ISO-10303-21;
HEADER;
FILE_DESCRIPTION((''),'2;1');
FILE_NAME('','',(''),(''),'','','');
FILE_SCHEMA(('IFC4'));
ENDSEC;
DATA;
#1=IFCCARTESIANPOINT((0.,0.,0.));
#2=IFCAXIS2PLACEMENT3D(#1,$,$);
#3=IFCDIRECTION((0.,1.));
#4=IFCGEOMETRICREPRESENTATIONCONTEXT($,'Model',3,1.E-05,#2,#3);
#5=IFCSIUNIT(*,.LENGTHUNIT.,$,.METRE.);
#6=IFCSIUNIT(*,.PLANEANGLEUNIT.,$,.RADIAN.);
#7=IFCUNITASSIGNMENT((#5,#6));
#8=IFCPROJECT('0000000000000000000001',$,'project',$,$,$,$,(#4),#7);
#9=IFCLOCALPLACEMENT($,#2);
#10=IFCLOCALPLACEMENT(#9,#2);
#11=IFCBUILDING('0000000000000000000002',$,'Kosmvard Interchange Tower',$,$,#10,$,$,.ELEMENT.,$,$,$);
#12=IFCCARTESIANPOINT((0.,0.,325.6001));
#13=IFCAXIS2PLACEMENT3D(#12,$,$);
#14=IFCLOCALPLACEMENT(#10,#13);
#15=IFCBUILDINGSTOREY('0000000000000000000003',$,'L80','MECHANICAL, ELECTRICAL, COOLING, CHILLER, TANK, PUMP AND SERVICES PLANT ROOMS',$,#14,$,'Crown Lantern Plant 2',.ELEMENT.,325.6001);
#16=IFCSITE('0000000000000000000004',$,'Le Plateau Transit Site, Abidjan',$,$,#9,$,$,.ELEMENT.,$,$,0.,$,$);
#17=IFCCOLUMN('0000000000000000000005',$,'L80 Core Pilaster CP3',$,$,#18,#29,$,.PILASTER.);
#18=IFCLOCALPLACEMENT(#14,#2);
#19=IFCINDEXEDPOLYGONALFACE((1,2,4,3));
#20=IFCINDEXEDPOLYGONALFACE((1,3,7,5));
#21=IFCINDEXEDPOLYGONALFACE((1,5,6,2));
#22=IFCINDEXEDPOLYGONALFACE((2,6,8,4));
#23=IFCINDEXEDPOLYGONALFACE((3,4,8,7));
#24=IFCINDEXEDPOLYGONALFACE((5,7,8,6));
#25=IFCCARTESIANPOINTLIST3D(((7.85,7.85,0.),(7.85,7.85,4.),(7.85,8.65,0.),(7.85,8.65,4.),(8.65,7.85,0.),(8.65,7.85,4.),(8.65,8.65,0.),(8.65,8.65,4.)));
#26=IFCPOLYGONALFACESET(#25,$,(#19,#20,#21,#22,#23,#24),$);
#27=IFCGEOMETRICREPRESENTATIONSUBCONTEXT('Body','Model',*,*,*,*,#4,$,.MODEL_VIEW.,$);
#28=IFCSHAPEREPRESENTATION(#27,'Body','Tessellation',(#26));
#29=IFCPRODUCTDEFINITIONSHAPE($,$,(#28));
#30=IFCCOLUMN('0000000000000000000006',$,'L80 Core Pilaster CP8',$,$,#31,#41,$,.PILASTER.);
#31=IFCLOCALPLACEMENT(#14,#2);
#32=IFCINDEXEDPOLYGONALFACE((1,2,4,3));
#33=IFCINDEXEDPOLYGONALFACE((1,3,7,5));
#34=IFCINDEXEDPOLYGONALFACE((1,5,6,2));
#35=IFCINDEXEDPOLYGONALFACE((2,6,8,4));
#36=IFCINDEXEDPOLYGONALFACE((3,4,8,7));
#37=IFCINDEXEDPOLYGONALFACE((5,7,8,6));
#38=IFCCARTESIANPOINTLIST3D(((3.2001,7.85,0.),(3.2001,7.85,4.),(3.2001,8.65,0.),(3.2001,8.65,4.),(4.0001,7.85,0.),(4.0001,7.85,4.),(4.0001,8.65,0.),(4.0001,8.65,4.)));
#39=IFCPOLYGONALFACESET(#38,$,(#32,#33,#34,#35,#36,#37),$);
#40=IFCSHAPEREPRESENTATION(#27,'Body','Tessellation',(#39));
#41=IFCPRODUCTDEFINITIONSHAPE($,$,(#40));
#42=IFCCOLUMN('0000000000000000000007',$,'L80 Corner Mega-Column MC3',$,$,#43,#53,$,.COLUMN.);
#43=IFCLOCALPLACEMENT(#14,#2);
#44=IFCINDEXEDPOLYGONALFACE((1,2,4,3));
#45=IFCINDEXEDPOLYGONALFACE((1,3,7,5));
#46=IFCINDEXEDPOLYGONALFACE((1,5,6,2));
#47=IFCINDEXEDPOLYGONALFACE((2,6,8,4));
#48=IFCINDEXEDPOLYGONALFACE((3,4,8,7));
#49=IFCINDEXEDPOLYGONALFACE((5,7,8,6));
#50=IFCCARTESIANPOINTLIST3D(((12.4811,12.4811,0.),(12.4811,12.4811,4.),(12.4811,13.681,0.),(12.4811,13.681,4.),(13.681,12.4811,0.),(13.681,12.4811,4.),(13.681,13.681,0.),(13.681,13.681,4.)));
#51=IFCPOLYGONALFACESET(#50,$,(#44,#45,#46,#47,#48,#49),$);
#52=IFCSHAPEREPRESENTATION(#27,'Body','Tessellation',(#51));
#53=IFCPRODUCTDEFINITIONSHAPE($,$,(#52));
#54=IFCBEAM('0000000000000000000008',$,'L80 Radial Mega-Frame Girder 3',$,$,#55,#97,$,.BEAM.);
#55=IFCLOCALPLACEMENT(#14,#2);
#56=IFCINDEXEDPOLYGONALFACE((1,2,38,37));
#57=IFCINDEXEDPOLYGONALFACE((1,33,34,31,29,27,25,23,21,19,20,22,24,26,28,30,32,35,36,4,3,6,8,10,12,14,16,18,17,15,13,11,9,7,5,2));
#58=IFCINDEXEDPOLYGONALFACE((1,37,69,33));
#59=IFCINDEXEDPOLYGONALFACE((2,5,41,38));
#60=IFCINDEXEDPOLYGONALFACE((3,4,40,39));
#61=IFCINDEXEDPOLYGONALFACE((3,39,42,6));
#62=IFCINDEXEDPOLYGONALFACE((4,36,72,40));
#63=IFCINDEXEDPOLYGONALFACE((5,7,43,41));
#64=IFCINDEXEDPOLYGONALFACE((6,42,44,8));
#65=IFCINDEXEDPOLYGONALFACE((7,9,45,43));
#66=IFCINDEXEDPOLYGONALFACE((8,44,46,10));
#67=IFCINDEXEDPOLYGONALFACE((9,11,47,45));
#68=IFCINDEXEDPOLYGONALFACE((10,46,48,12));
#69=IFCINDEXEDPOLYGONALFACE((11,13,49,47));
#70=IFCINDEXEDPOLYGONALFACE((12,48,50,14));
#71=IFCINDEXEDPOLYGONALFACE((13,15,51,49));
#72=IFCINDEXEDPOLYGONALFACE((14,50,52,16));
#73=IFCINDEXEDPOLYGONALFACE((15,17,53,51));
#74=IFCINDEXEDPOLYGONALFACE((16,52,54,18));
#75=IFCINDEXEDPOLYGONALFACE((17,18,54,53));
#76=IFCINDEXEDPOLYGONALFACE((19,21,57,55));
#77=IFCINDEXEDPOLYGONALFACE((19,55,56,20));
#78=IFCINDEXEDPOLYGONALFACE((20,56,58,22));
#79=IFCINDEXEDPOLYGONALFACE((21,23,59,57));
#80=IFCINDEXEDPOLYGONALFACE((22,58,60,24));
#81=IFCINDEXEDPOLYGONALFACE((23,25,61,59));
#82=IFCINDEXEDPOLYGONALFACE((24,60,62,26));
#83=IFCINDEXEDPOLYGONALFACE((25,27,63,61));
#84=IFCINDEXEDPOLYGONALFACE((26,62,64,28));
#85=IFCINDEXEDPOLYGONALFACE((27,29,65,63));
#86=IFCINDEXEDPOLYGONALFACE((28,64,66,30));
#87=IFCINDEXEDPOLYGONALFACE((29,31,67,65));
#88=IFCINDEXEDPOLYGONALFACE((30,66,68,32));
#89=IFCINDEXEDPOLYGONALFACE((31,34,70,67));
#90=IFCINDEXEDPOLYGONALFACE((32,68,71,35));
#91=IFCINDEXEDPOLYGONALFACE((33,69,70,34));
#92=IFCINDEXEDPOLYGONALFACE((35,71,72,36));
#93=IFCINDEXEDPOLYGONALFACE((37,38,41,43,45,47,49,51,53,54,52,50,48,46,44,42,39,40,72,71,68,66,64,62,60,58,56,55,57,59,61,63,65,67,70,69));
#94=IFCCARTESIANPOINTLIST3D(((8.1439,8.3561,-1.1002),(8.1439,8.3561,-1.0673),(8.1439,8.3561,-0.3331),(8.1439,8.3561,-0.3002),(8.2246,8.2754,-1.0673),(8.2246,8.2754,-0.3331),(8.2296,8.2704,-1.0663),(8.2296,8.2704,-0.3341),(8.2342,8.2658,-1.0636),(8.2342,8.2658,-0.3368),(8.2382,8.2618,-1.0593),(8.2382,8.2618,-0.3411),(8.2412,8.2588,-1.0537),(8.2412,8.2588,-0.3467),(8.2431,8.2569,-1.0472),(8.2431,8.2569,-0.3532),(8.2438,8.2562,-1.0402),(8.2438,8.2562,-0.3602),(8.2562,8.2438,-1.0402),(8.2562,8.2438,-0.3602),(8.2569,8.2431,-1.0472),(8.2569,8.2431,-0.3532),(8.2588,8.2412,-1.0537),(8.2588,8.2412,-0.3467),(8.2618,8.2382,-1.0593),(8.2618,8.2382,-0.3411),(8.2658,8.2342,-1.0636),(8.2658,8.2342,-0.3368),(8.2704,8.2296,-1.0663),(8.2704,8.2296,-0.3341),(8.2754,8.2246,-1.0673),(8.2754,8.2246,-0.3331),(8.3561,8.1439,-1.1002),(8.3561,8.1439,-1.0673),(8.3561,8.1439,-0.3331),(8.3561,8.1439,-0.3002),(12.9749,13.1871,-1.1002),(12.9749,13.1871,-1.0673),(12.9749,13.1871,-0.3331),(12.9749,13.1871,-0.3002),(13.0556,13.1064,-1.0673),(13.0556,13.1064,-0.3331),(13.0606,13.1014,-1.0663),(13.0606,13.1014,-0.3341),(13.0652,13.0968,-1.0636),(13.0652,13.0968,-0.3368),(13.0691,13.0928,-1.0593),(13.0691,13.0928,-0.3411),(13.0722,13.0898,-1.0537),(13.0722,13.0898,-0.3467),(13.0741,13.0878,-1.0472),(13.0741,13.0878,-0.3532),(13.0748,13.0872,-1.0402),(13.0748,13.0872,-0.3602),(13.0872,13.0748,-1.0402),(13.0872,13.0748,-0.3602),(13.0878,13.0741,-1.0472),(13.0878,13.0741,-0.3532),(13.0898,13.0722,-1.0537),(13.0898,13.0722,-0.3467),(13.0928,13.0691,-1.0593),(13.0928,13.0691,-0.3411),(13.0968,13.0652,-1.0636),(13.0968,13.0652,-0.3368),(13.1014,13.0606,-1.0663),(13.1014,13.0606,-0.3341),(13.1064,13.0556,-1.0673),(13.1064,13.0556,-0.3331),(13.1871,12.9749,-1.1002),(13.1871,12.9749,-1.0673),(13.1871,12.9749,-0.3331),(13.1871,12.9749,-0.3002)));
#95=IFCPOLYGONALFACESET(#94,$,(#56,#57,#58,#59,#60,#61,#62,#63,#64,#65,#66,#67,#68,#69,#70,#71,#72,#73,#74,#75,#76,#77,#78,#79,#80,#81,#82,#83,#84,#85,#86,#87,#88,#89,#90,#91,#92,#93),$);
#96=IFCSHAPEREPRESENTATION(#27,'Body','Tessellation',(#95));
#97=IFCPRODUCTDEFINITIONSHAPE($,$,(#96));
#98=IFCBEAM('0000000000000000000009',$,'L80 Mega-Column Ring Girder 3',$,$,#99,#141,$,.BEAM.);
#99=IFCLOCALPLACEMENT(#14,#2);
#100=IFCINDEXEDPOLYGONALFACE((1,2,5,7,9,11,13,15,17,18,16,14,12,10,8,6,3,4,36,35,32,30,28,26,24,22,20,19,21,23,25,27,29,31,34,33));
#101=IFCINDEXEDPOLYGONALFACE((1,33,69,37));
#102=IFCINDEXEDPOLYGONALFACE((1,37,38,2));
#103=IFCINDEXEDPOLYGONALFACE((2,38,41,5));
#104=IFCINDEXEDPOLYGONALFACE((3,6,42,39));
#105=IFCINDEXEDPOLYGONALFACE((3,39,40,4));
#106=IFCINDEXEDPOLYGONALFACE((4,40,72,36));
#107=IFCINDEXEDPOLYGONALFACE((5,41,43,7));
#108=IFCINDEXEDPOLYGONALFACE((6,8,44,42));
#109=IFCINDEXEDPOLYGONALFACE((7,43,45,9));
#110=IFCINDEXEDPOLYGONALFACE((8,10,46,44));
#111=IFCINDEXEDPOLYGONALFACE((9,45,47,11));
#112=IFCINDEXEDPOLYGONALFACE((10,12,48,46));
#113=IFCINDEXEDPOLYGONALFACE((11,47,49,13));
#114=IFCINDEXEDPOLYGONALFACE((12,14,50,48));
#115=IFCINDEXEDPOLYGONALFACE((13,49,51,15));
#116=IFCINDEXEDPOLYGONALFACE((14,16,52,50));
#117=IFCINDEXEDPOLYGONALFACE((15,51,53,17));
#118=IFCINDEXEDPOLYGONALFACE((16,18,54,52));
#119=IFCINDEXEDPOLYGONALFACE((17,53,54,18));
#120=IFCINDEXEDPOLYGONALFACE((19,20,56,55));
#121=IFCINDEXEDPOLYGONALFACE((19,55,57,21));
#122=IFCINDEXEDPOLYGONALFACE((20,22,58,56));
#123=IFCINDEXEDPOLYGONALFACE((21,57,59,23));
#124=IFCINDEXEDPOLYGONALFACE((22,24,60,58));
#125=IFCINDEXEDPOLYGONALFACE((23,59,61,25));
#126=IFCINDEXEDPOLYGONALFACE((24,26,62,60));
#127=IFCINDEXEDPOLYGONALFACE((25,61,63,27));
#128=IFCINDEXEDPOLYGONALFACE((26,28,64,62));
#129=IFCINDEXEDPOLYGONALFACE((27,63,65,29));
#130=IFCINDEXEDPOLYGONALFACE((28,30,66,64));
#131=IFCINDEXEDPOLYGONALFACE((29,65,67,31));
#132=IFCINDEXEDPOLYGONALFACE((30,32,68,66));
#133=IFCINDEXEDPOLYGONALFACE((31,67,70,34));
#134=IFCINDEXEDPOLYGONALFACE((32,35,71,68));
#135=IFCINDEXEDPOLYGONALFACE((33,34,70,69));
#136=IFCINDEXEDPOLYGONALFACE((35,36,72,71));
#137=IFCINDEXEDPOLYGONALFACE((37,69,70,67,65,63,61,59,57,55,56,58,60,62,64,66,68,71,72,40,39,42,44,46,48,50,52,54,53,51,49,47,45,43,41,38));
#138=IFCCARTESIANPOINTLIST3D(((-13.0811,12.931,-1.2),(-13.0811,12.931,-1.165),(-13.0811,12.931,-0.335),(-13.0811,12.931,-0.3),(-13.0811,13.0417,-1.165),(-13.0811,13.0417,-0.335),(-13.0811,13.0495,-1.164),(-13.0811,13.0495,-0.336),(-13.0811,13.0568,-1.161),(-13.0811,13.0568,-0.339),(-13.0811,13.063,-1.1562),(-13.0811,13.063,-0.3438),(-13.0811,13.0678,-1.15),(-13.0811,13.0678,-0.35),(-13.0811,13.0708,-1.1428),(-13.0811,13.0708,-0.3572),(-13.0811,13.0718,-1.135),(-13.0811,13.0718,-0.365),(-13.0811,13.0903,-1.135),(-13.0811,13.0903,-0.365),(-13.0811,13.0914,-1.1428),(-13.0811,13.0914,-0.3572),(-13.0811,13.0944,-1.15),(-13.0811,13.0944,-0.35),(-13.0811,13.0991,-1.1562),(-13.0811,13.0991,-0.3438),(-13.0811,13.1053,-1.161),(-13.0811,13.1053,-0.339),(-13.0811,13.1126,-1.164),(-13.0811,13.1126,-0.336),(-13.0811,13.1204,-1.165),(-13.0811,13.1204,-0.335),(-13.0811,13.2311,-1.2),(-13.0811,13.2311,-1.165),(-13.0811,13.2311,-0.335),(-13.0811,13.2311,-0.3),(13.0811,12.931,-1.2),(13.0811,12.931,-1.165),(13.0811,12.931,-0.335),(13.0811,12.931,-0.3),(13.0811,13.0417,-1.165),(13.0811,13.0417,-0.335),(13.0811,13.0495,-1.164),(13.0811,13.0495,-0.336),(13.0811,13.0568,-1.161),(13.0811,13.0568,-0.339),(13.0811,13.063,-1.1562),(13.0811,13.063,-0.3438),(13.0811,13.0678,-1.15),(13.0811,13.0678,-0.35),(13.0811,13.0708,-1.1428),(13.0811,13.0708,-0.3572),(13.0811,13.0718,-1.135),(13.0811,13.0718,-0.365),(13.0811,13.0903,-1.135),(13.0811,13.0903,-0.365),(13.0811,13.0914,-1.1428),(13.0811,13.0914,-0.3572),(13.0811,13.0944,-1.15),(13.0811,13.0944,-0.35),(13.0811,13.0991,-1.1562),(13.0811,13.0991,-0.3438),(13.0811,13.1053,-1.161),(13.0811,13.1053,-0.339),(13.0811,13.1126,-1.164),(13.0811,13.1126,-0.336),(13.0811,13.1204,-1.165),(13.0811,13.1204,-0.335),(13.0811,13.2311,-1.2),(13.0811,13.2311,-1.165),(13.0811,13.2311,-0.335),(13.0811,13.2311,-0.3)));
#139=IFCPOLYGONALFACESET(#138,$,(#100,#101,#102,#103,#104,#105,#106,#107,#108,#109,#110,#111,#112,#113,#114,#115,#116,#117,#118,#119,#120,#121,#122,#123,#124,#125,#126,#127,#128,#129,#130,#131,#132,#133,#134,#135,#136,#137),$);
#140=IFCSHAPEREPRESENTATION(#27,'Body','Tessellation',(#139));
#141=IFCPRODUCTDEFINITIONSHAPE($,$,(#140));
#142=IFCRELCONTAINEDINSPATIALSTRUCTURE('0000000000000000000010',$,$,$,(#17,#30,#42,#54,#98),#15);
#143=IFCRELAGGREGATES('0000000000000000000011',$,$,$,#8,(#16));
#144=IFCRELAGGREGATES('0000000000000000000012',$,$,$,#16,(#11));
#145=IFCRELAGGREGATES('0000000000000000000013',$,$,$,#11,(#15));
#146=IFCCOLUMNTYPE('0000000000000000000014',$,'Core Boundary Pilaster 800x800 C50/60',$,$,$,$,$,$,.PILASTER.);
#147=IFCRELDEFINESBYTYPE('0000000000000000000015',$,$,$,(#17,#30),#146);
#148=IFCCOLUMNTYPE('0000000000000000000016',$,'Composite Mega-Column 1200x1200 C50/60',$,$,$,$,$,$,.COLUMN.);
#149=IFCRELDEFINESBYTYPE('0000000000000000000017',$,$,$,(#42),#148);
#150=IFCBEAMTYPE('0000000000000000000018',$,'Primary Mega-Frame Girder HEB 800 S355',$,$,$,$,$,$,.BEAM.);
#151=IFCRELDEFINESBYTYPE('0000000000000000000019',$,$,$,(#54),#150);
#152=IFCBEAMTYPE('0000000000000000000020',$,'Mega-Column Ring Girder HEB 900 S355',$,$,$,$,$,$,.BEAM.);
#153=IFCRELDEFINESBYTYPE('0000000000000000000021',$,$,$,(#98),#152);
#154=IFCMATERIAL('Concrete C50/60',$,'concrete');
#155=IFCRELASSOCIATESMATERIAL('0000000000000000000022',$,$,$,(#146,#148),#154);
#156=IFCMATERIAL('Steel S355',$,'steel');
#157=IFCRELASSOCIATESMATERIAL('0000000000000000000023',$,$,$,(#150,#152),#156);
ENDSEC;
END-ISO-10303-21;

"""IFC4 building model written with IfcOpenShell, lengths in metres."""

from ifc_helpers import new_model, si_unit, direction, frame, origin, origin_2d, place, context, subcontext, project, spatial, rectangle, i_section, extrude, source, transform, mapped, material, material_profile, profile_set, type_object, element, save


model = new_model("IFC4")

# Units and contexts
model_context = context("Model", 3, precision=1e-05, world=origin(), true_north=direction((0.0, 1.0)))
body_context = subcontext(model_context, "Body", "Model", "MODEL_VIEW")
ifc_project = project(units=[si_unit("LENGTHUNIT", "METRE"), si_unit("PLANEANGLEUNIT", "RADIAN")], contexts=[model_context])

# Site, building, storey
site_placement = place(None, origin())
site = spatial("IfcSite", under=ifc_project, at=site_placement, Name="Le Plateau Transit Site, Abidjan", CompositionType="ELEMENT", RefElevation=0.0)
building_placement = place(site_placement, origin())
building = spatial("IfcBuilding", under=site, at=building_placement, Name="Kosmvard Interchange Tower", CompositionType="ELEMENT")
storey_placement = place(building_placement, frame((0.0, 0.0, 325.6001)))
storey = spatial("IfcBuildingStorey", under=building, at=storey_placement, Name="L80", Description="MECHANICAL, ELECTRICAL, COOLING, CHILLER, TANK, PUMP AND SERVICES PLANT ROOMS", LongName="Crown Lantern Plant 2", CompositionType="ELEMENT", Elevation=325.6001)

# Columns
ifc_material_1 = material(Name="Concrete C50/60", Category="concrete")
ifc_material_profile_1 = material_profile(ifc_material_1, rectangle(XDim=0.8, YDim=0.8, at=origin_2d()), Name="CP 800x800")
ifc_profile_set_1 = profile_set([ifc_material_profile_1], Name="Concrete C50/60")
column_type_1 = type_object("IfcColumnType", Name="Core Boundary Pilaster 800x800 C50/60", PredefinedType="PILASTER", material=ifc_profile_set_1)
shared_shape_1 = source(origin(), body_context, "Body", "SweptSolid", [
    extrude(rectangle(XDim=0.8, YDim=0.8, at=origin_2d()), origin(), (0.0, 0.0, 1.0), 4.0),
])
for number, where, z_axis, x_axis, name in (
    (1, (8.25, 8.25, 0.0), (0.0, 0.0, 1.0), (1.0, 0.0, 0.0), "L80 Core Pilaster CP3"),
    (2, (3.6001, 8.25, 0.0), (0.0, 0.0, 1.0), (1.0, 0.0, 0.0), "L80 Core Pilaster CP8"),
):
    element("IfcColumn", number, at=place(storey_placement, frame(where, z_axis=z_axis, x_axis=x_axis)), inside=storey, type_object=column_type_1, Name=name, PredefinedType="PILASTER", context=body_context, shape_type="MappedRepresentation", body=[
        mapped(shared_shape_1, transform((0.0, 0.0, 0.0), scale=1.0)),
    ])
ifc_material_profile_2 = material_profile(ifc_material_1, rectangle(XDim=1.2, YDim=1.2, at=origin_2d()), Name="MC 1200x1200")
ifc_profile_set_2 = profile_set([ifc_material_profile_2], Name="Concrete C50/60")
column_type_2 = type_object("IfcColumnType", Name="Composite Mega-Column 1200x1200 C50/60", PredefinedType="COLUMN", material=ifc_profile_set_2)
shared_shape_2 = source(origin(), body_context, "Body", "SweptSolid", [
    extrude(rectangle(XDim=1.2, YDim=1.2, at=origin_2d()), origin(), (0.0, 0.0, 1.0), 4.0),
])
column_placement = place(storey_placement, frame((13.0811, 13.0811, 0.0), z_axis=(0.0, 0.0, 1.0), x_axis=(1.0, 0.0, 0.0)))
element("IfcColumn", 3, at=column_placement, inside=storey, type_object=column_type_2, Name="L80 Corner Mega-Column MC3", PredefinedType="COLUMN", context=body_context, shape_type="MappedRepresentation", body=[
    mapped(shared_shape_2, transform((0.0, 0.0, 0.0), scale=1.0)),
])

# Beams
ifc_material_2 = material(Name="Steel S355", Category="steel")
ifc_material_profile_3 = material_profile(ifc_material_2, i_section(OverallWidth=0.3, OverallDepth=0.8, WebThickness=0.0176, FlangeThickness=0.033, FilletRadius=0.0271, at=origin_2d()), Name="HEB 800")
ifc_profile_set_3 = profile_set([ifc_material_profile_3], Name="Steel S355")
beam_type_1 = type_object("IfcBeamType", Name="Primary Mega-Frame Girder HEB 800 S355", PredefinedType="BEAM", material=ifc_profile_set_3)
shared_shape_3 = source(origin(), body_context, "Body", "SweptSolid", [
    extrude(i_section(OverallWidth=0.3, OverallDepth=0.8, WebThickness=0.0176, FlangeThickness=0.033, FilletRadius=0.0271, at=origin_2d()), origin(), (0.0, 0.0, 1.0), 6.832),
])
beam_1_placement = place(storey_placement, frame((8.25, 8.25, -0.7002), z_axis=(0.707107, 0.707107, 0.0), x_axis=(-0.707107, 0.707107, 0.0)))
element("IfcBeam", 4, at=beam_1_placement, inside=storey, type_object=beam_type_1, Name="L80 Radial Mega-Frame Girder 3", PredefinedType="BEAM", context=body_context, shape_type="MappedRepresentation", body=[
    mapped(shared_shape_3, transform((0.0, 0.0, 0.0), scale=1.0)),
])
ifc_material_profile_4 = material_profile(ifc_material_2, i_section(OverallWidth=0.3, OverallDepth=0.8999, WebThickness=0.0186, FlangeThickness=0.0349, FilletRadius=0.03, at=origin_2d()), Name="HEB 900")
ifc_profile_set_4 = profile_set([ifc_material_profile_4], Name="Steel S355")
beam_type_2 = type_object("IfcBeamType", Name="Mega-Column Ring Girder HEB 900 S355", PredefinedType="BEAM", material=ifc_profile_set_4)
shared_shape_4 = source(origin(), body_context, "Body", "SweptSolid", [
    extrude(i_section(OverallWidth=0.3, OverallDepth=0.8999, WebThickness=0.0186, FlangeThickness=0.0349, FilletRadius=0.03, at=origin_2d()), origin(), (0.0, 0.0, 1.0), 26.1621),
])
beam_2_placement = place(storey_placement, frame((13.0811, 13.0811, -0.75), z_axis=(-1.0, 0.0, 0.0), x_axis=(0.0, -1.0, 0.0)))
element("IfcBeam", 5, at=beam_2_placement, inside=storey, type_object=beam_type_2, Name="L80 Mega-Column Ring Girder 3", PredefinedType="BEAM", context=body_context, shape_type="MappedRepresentation", body=[
    mapped(shared_shape_4, transform((0.0, 0.0, 0.0), scale=1.0)),
])

save(model, "model.ifc")
